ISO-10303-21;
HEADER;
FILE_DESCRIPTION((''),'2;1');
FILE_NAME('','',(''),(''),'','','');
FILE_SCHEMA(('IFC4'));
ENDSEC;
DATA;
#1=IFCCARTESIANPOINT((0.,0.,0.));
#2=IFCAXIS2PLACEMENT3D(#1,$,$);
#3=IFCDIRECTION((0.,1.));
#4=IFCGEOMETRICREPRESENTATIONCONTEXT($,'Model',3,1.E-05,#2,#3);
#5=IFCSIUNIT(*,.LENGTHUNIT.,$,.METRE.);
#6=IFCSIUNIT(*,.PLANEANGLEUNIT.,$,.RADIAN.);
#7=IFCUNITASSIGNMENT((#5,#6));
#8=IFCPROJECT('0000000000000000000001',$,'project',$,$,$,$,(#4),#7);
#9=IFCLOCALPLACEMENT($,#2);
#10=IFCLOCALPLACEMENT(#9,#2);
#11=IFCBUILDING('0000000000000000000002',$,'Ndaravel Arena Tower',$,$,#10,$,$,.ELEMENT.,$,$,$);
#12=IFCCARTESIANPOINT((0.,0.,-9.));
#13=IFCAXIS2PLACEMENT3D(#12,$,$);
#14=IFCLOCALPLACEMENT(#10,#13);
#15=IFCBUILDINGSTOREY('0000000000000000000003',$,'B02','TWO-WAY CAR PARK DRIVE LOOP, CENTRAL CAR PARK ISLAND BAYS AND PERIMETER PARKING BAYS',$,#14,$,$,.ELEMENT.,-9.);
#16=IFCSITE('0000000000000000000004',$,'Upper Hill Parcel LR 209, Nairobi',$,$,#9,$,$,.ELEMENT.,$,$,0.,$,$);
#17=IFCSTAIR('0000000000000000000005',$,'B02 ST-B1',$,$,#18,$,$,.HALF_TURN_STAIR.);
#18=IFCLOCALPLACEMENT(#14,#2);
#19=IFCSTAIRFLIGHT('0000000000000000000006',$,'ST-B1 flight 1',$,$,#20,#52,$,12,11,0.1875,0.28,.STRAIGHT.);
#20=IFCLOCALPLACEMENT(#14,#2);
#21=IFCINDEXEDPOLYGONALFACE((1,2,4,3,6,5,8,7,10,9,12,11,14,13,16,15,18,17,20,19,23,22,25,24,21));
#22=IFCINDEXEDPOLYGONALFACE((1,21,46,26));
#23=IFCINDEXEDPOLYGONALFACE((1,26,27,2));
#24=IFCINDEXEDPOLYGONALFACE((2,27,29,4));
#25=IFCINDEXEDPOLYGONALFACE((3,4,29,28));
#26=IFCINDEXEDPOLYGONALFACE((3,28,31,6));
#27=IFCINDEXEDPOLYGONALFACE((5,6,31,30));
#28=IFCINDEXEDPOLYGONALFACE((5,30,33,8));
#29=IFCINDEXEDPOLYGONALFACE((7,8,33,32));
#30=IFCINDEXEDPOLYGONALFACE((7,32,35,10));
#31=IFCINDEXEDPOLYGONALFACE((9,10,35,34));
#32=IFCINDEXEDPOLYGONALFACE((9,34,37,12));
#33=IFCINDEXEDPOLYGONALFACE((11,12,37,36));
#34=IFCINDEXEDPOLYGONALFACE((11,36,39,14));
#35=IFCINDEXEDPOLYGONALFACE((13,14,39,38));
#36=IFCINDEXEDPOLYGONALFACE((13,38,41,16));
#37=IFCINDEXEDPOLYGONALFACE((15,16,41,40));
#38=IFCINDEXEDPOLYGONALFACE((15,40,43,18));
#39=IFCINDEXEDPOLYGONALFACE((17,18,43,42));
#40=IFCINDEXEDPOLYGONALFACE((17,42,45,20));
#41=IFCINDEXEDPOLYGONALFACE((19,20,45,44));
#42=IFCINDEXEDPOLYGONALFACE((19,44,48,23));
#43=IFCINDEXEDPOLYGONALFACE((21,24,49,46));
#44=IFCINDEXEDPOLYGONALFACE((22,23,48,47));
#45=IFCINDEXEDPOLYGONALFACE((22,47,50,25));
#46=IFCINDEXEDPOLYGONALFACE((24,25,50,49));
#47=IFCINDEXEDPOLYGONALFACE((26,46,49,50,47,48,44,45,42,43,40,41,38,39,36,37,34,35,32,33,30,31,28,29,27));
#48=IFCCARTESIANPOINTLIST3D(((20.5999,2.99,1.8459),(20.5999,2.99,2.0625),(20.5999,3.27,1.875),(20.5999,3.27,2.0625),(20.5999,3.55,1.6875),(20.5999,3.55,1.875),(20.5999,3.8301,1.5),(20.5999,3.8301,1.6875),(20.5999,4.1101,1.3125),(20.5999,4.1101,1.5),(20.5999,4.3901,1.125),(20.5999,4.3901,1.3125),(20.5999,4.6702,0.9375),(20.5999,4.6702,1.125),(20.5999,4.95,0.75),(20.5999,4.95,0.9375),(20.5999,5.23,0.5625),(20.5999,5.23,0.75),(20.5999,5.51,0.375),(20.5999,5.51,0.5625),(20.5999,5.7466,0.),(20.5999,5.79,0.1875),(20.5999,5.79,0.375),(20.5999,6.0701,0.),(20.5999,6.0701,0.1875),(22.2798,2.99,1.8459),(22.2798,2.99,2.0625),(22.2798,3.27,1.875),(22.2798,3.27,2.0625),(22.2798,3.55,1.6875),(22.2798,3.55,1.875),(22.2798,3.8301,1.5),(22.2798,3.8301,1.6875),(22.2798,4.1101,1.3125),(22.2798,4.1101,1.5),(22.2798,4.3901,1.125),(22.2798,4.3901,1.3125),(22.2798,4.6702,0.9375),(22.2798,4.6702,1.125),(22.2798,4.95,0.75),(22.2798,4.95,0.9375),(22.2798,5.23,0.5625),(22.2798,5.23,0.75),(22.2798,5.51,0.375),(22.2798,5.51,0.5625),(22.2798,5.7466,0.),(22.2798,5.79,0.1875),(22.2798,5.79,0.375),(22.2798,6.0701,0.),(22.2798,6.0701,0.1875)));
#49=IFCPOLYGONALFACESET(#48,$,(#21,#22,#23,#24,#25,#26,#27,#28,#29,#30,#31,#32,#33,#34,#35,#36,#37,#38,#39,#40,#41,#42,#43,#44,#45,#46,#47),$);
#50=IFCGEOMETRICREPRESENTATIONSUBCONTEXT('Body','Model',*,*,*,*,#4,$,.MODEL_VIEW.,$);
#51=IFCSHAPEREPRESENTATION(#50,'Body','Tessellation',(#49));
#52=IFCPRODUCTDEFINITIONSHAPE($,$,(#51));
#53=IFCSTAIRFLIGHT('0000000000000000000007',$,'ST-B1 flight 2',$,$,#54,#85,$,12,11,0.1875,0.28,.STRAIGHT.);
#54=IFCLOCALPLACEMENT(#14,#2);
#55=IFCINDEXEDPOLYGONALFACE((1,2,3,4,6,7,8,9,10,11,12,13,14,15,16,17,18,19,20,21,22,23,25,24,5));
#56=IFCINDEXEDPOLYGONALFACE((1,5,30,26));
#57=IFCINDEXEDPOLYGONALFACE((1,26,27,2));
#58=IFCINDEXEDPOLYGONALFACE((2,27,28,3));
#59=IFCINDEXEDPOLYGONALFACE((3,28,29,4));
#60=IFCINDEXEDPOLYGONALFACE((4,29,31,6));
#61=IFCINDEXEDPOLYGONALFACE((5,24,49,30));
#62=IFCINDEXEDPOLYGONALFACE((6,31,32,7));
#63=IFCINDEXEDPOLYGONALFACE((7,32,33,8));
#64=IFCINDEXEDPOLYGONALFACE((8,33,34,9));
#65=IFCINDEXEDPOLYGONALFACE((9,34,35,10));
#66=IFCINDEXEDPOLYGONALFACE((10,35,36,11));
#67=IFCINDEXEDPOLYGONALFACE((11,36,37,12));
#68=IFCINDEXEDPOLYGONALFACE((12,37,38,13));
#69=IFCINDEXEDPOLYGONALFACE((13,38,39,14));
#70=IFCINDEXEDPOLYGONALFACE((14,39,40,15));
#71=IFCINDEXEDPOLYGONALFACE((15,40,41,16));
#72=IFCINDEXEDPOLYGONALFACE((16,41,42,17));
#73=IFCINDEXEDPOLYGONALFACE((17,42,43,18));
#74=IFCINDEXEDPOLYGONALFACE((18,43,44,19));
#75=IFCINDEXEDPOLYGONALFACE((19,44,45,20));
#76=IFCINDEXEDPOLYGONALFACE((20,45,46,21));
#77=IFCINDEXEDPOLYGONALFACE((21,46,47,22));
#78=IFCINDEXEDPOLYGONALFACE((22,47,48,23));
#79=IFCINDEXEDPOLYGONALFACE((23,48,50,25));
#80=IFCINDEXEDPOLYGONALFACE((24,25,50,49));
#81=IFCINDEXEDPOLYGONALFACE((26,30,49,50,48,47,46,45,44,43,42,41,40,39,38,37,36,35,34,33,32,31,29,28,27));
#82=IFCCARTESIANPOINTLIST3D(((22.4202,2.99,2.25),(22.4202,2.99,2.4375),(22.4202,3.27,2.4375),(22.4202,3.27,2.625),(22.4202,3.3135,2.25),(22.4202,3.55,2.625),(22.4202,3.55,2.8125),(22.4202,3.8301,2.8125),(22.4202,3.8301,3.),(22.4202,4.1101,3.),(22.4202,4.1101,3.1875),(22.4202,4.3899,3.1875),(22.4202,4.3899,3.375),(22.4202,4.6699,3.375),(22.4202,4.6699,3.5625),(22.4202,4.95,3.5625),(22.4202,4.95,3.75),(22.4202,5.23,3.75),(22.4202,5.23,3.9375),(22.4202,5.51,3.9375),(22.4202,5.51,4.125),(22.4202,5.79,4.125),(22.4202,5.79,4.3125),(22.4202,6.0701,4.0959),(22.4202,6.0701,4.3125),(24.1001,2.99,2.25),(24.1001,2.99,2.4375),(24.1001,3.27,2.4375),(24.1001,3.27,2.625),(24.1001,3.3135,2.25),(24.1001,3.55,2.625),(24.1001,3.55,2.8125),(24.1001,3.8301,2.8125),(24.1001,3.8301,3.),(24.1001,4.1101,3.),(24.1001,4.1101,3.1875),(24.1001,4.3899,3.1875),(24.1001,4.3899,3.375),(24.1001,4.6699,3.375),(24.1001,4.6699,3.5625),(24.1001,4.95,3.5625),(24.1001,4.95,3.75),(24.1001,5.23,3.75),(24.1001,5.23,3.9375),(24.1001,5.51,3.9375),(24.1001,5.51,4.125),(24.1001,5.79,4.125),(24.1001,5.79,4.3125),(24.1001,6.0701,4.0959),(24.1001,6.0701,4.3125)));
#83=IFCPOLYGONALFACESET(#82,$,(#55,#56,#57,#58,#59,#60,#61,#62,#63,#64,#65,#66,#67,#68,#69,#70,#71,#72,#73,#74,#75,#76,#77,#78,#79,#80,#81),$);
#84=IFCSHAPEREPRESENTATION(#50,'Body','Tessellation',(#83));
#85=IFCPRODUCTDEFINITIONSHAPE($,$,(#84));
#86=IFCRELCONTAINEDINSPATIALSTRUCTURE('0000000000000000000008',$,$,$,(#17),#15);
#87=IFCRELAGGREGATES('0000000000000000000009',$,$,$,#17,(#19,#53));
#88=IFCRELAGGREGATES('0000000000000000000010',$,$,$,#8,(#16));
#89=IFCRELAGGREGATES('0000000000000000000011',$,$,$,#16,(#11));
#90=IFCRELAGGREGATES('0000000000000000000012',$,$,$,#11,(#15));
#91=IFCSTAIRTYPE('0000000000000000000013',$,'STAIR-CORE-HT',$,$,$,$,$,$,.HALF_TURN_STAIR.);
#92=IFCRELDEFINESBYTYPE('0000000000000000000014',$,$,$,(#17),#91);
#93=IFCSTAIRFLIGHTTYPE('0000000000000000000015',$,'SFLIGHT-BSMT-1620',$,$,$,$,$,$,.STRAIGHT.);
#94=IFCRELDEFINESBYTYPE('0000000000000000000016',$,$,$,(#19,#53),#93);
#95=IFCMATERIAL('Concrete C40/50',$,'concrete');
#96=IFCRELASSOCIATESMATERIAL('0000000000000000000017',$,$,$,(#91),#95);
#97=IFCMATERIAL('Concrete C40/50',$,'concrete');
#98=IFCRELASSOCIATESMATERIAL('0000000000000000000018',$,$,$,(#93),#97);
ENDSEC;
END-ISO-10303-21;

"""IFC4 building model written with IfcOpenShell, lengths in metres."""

from ifc_helpers import new_model, si_unit, direction, frame, origin, place, context, subcontext, project, spatial, polyline, outline, extrude, material, type_object, element, aggregate, save


model = new_model("IFC4")

# Units and contexts
model_context = context("Model", 3, precision=1e-05, world=origin(), true_north=direction((0.0, 1.0)))
body_context = subcontext(model_context, "Body", "Model", "MODEL_VIEW")
ifc_project = project(units=[si_unit("LENGTHUNIT", "METRE"), si_unit("PLANEANGLEUNIT", "RADIAN")], contexts=[model_context])

# Site, building, storey
site_placement = place(None, origin())
site = spatial("IfcSite", under=ifc_project, at=site_placement, Name="Upper Hill Parcel LR 209, Nairobi", CompositionType="ELEMENT", RefElevation=0.0)
building_placement = place(site_placement, origin())
building = spatial("IfcBuilding", under=site, at=building_placement, Name="Ndaravel Arena Tower", CompositionType="ELEMENT")
storey_placement = place(building_placement, frame((0.0, 0.0, -9.0)))
storey = spatial("IfcBuildingStorey", under=building, at=storey_placement, Name="B02", Description="TWO-WAY CAR PARK DRIVE LOOP, CENTRAL CAR PARK ISLAND BAYS AND PERIMETER PARKING BAYS", CompositionType="ELEMENT", Elevation=-9.0)

# Stair, stair flights
ifc_material_1 = material(Name="Concrete C40/50", Category="concrete")
stair_type = type_object("IfcStairType", Name="STAIR-CORE-HT", PredefinedType="HALF_TURN_STAIR", material=ifc_material_1)
stair_placement = place(storey_placement, origin())
stair = element("IfcStair", 1, at=stair_placement, inside=storey, type_object=stair_type, Name="B02 ST-B1", PredefinedType="HALF_TURN_STAIR")
ifc_material_2 = material(Name="Concrete C40/50", Category="concrete")
stair_flight_type = type_object("IfcStairFlightType", Name="SFLIGHT-BSMT-1620", PredefinedType="STRAIGHT", material=ifc_material_2)
stair_flight_1_placement = place(storey_placement, frame((21.4399, 6.0701, 0.0), z_axis=(0.0, 0.0, 1.0), x_axis=(0.0, -1.0, 0.0)))
stair_flight_1 = element("IfcStairFlight", 2, at=stair_flight_1_placement, type_object=stair_flight_type, Name="ST-B1 flight 1", NumberOfRisers=12, NumberOfTreads=11, PredefinedType="STRAIGHT", RiserHeight=0.1875, TreadLength=0.28, context=body_context, shape_type="SweptSolid", body=[
    extrude(outline(polyline([(0.0, 0.0), (0.0, 0.1875), (0.28, 0.1875), (0.28, 0.375), (0.5601, 0.375), (0.5601, 0.5625), (0.8401, 0.5625), (0.8401, 0.75), (1.1201, 0.75), (1.1201, 0.9375), (1.3999, 0.9375), (1.3999, 1.125), (1.6799, 1.125), (1.6799, 1.3125), (1.96, 1.3125), (1.96, 1.5), (2.24, 1.5), (2.24, 1.6875), (2.52, 1.6875), (2.52, 1.875), (2.8, 1.875), (2.8, 2.0625), (3.0801, 2.0625), (3.0801, 2.25), (3.0801, 1.8459), (0.3235, 0.0), (0.0, 0.0)])), frame((0.0, 0.8398, 0.0), z_axis=(0.0, -1.0, 0.0), x_axis=(1.0, 0.0, 0.0)), (0.0, 0.0, 1.0), 1.6799),
])
stair_flight_2_placement = place(storey_placement, frame((23.26, 2.99, 2.25), z_axis=(0.0, 0.0, 1.0), x_axis=(0.0, 1.0, 0.0)))
stair_flight_2 = element("IfcStairFlight", 3, at=stair_flight_2_placement, type_object=stair_flight_type, Name="ST-B1 flight 2", NumberOfRisers=12, NumberOfTreads=11, PredefinedType="STRAIGHT", RiserHeight=0.1875, TreadLength=0.28, context=body_context, shape_type="SweptSolid", body=[
    extrude(outline(polyline([(0.0, 0.0), (0.0, 0.1875), (0.28, 0.1875), (0.28, 0.375), (0.5601, 0.375), (0.5601, 0.5625), (0.8401, 0.5625), (0.8401, 0.75), (1.1201, 0.75), (1.1201, 0.9375), (1.3999, 0.9375), (1.3999, 1.125), (1.6799, 1.125), (1.6799, 1.3125), (1.96, 1.3125), (1.96, 1.5), (2.24, 1.5), (2.24, 1.6875), (2.52, 1.6875), (2.52, 1.875), (2.8, 1.875), (2.8, 2.0625), (3.0801, 2.0625), (3.0801, 2.25), (3.0801, 1.8459), (0.3235, 0.0), (0.0, 0.0)])), frame((0.0, 0.8398, 0.0), z_axis=(0.0, -1.0, 0.0), x_axis=(1.0, 0.0, 0.0)), (0.0, 0.0, 1.0), 1.6799),
])
aggregate(stair, [stair_flight_1, stair_flight_2])

save(model, "model.ifc")
